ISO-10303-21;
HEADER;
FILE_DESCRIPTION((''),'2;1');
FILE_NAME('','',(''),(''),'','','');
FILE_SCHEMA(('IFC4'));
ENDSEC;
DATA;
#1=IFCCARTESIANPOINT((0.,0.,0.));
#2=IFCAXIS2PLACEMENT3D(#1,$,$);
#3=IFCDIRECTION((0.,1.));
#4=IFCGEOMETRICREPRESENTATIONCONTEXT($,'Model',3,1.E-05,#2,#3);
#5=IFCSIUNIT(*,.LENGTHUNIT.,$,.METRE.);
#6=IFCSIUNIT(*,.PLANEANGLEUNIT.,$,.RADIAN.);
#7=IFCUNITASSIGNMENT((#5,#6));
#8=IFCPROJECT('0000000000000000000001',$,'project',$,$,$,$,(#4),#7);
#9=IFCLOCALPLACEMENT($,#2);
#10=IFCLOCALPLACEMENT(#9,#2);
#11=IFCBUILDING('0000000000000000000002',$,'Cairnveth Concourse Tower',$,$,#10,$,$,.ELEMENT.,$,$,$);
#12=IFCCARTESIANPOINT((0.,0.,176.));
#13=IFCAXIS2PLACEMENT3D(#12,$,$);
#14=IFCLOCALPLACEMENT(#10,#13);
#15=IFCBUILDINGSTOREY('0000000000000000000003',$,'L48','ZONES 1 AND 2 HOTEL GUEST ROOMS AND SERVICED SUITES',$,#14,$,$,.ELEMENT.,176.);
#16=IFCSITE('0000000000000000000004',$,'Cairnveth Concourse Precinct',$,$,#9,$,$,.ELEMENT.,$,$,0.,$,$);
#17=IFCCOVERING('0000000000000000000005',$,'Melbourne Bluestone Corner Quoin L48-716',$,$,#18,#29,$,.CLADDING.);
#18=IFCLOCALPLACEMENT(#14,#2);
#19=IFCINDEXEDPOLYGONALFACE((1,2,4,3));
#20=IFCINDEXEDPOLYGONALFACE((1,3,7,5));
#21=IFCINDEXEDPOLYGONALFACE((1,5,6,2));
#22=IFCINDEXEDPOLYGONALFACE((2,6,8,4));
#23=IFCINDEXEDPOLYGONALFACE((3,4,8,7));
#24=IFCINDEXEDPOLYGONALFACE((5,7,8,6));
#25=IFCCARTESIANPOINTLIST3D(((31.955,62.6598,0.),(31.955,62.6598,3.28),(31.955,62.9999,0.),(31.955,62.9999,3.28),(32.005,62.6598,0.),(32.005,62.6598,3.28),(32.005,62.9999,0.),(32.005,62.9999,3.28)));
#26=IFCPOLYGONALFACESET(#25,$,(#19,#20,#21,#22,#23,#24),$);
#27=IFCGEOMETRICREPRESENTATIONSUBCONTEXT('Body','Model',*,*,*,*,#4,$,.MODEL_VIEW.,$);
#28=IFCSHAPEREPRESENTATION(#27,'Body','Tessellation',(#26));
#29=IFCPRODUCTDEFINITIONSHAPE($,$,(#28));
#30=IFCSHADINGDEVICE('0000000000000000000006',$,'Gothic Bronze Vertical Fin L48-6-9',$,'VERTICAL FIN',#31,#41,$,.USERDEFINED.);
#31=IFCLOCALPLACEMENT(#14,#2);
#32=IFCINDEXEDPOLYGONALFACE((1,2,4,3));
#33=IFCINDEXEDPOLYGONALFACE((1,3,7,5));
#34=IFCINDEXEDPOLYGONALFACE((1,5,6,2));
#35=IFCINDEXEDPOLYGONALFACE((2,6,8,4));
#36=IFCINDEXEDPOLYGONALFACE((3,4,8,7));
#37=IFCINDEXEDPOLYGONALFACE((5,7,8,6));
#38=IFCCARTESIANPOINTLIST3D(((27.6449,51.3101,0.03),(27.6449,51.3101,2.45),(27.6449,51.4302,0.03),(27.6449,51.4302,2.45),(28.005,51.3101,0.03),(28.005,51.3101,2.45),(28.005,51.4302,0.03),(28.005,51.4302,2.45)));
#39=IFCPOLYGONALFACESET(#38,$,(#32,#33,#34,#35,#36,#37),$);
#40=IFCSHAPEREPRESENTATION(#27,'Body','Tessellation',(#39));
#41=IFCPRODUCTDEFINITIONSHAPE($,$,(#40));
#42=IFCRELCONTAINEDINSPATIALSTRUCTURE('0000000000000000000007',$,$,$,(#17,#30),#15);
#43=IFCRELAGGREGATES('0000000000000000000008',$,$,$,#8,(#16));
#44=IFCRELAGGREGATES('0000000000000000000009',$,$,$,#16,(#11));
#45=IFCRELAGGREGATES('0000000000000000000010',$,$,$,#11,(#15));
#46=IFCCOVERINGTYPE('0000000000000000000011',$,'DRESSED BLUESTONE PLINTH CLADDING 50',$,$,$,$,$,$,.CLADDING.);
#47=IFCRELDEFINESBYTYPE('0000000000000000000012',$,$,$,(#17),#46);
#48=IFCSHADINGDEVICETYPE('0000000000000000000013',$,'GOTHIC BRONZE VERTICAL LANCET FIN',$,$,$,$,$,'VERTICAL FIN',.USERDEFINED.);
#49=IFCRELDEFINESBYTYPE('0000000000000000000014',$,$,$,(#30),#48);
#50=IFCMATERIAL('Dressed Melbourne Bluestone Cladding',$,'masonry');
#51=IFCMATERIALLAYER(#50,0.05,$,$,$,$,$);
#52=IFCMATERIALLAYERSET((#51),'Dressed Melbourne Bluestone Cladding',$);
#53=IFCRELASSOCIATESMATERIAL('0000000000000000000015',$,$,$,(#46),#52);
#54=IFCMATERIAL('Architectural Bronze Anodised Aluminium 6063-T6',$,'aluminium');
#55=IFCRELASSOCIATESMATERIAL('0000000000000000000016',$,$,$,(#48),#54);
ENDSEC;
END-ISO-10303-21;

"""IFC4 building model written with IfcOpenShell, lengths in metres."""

from ifc_helpers import new_model, si_unit, direction, frame, frame_2d, origin, origin_2d, place, context, subcontext, project, spatial, rectangle, extrude, material, layer, layer_set, type_object, element, save


model = new_model("IFC4")

# Units and contexts
model_context = context("Model", 3, precision=1e-05, world=origin(), true_north=direction((0.0, 1.0)))
body_context = subcontext(model_context, "Body", "Model", "MODEL_VIEW")
ifc_project = project(units=[si_unit("LENGTHUNIT", "METRE"), si_unit("PLANEANGLEUNIT", "RADIAN")], contexts=[model_context])

# Site, building, storey
site_placement = place(None, origin())
site = spatial("IfcSite", under=ifc_project, at=site_placement, Name="Cairnveth Concourse Precinct", CompositionType="ELEMENT", RefElevation=0.0)
building_placement = place(site_placement, origin())
building = spatial("IfcBuilding", under=site, at=building_placement, Name="Cairnveth Concourse Tower", CompositionType="ELEMENT")
storey_placement = place(building_placement, frame((0.0, 0.0, 176.0)))
storey = spatial("IfcBuildingStorey", under=building, at=storey_placement, Name="L48", Description="ZONES 1 AND 2 HOTEL GUEST ROOMS AND SERVICED SUITES", CompositionType="ELEMENT", Elevation=176.0)

# Covering
ifc_material_1 = material(Name="Dressed Melbourne Bluestone Cladding", Category="masonry")
ifc_layer_1 = layer(ifc_material_1, 0.05)
ifc_layer_set_1 = layer_set([ifc_layer_1], Name="Dressed Melbourne Bluestone Cladding")
covering_type = type_object("IfcCoveringType", Name="DRESSED BLUESTONE PLINTH CLADDING 50", PredefinedType="CLADDING", material=ifc_layer_set_1)
for number, where, z_axis, x_axis, name in (
    (1, (31.98, 62.6599, 0.0), (0.0, 0.0, 1.0), (0.0, 1.0, 0.0), "Melbourne Bluestone Corner Quoin L48-716"),
):
    element("IfcCovering", number, at=place(storey_placement, frame(where, z_axis=z_axis, x_axis=x_axis)), inside=storey, type_object=covering_type, Name=name, PredefinedType="CLADDING", context=body_context, shape_type="SweptSolid", body=[
        extrude(rectangle(XDim=0.3401, YDim=0.05, at=frame_2d((0.1699, 0.0))), origin(), (0.0, 0.0, 1.0), 3.28),
    ])

# Shading device
ifc_material_2 = material(Name="Architectural Bronze Anodised Aluminium 6063-T6", Category="aluminium")
shading_device_type = type_object("IfcShadingDeviceType", Name="GOTHIC BRONZE VERTICAL LANCET FIN", ElementType="VERTICAL FIN", PredefinedType="USERDEFINED", material=ifc_material_2)
shading_device_placement = place(storey_placement, frame((27.825, 51.3701, 0.03), z_axis=(0.0, 0.0, 1.0), x_axis=(0.0, 1.0, 0.0)))
element("IfcShadingDevice", 2, at=shading_device_placement, inside=storey, type_object=shading_device_type, Name="Gothic Bronze Vertical Fin L48-6-9", ObjectType="VERTICAL FIN", PredefinedType="USERDEFINED", context=body_context, shape_type="SweptSolid", body=[
    extrude(rectangle(XDim=0.1201, YDim=0.3601, at=origin_2d()), origin(), (0.0, 0.0, 1.0), 2.4199),
])

save(model, "model.ifc")
